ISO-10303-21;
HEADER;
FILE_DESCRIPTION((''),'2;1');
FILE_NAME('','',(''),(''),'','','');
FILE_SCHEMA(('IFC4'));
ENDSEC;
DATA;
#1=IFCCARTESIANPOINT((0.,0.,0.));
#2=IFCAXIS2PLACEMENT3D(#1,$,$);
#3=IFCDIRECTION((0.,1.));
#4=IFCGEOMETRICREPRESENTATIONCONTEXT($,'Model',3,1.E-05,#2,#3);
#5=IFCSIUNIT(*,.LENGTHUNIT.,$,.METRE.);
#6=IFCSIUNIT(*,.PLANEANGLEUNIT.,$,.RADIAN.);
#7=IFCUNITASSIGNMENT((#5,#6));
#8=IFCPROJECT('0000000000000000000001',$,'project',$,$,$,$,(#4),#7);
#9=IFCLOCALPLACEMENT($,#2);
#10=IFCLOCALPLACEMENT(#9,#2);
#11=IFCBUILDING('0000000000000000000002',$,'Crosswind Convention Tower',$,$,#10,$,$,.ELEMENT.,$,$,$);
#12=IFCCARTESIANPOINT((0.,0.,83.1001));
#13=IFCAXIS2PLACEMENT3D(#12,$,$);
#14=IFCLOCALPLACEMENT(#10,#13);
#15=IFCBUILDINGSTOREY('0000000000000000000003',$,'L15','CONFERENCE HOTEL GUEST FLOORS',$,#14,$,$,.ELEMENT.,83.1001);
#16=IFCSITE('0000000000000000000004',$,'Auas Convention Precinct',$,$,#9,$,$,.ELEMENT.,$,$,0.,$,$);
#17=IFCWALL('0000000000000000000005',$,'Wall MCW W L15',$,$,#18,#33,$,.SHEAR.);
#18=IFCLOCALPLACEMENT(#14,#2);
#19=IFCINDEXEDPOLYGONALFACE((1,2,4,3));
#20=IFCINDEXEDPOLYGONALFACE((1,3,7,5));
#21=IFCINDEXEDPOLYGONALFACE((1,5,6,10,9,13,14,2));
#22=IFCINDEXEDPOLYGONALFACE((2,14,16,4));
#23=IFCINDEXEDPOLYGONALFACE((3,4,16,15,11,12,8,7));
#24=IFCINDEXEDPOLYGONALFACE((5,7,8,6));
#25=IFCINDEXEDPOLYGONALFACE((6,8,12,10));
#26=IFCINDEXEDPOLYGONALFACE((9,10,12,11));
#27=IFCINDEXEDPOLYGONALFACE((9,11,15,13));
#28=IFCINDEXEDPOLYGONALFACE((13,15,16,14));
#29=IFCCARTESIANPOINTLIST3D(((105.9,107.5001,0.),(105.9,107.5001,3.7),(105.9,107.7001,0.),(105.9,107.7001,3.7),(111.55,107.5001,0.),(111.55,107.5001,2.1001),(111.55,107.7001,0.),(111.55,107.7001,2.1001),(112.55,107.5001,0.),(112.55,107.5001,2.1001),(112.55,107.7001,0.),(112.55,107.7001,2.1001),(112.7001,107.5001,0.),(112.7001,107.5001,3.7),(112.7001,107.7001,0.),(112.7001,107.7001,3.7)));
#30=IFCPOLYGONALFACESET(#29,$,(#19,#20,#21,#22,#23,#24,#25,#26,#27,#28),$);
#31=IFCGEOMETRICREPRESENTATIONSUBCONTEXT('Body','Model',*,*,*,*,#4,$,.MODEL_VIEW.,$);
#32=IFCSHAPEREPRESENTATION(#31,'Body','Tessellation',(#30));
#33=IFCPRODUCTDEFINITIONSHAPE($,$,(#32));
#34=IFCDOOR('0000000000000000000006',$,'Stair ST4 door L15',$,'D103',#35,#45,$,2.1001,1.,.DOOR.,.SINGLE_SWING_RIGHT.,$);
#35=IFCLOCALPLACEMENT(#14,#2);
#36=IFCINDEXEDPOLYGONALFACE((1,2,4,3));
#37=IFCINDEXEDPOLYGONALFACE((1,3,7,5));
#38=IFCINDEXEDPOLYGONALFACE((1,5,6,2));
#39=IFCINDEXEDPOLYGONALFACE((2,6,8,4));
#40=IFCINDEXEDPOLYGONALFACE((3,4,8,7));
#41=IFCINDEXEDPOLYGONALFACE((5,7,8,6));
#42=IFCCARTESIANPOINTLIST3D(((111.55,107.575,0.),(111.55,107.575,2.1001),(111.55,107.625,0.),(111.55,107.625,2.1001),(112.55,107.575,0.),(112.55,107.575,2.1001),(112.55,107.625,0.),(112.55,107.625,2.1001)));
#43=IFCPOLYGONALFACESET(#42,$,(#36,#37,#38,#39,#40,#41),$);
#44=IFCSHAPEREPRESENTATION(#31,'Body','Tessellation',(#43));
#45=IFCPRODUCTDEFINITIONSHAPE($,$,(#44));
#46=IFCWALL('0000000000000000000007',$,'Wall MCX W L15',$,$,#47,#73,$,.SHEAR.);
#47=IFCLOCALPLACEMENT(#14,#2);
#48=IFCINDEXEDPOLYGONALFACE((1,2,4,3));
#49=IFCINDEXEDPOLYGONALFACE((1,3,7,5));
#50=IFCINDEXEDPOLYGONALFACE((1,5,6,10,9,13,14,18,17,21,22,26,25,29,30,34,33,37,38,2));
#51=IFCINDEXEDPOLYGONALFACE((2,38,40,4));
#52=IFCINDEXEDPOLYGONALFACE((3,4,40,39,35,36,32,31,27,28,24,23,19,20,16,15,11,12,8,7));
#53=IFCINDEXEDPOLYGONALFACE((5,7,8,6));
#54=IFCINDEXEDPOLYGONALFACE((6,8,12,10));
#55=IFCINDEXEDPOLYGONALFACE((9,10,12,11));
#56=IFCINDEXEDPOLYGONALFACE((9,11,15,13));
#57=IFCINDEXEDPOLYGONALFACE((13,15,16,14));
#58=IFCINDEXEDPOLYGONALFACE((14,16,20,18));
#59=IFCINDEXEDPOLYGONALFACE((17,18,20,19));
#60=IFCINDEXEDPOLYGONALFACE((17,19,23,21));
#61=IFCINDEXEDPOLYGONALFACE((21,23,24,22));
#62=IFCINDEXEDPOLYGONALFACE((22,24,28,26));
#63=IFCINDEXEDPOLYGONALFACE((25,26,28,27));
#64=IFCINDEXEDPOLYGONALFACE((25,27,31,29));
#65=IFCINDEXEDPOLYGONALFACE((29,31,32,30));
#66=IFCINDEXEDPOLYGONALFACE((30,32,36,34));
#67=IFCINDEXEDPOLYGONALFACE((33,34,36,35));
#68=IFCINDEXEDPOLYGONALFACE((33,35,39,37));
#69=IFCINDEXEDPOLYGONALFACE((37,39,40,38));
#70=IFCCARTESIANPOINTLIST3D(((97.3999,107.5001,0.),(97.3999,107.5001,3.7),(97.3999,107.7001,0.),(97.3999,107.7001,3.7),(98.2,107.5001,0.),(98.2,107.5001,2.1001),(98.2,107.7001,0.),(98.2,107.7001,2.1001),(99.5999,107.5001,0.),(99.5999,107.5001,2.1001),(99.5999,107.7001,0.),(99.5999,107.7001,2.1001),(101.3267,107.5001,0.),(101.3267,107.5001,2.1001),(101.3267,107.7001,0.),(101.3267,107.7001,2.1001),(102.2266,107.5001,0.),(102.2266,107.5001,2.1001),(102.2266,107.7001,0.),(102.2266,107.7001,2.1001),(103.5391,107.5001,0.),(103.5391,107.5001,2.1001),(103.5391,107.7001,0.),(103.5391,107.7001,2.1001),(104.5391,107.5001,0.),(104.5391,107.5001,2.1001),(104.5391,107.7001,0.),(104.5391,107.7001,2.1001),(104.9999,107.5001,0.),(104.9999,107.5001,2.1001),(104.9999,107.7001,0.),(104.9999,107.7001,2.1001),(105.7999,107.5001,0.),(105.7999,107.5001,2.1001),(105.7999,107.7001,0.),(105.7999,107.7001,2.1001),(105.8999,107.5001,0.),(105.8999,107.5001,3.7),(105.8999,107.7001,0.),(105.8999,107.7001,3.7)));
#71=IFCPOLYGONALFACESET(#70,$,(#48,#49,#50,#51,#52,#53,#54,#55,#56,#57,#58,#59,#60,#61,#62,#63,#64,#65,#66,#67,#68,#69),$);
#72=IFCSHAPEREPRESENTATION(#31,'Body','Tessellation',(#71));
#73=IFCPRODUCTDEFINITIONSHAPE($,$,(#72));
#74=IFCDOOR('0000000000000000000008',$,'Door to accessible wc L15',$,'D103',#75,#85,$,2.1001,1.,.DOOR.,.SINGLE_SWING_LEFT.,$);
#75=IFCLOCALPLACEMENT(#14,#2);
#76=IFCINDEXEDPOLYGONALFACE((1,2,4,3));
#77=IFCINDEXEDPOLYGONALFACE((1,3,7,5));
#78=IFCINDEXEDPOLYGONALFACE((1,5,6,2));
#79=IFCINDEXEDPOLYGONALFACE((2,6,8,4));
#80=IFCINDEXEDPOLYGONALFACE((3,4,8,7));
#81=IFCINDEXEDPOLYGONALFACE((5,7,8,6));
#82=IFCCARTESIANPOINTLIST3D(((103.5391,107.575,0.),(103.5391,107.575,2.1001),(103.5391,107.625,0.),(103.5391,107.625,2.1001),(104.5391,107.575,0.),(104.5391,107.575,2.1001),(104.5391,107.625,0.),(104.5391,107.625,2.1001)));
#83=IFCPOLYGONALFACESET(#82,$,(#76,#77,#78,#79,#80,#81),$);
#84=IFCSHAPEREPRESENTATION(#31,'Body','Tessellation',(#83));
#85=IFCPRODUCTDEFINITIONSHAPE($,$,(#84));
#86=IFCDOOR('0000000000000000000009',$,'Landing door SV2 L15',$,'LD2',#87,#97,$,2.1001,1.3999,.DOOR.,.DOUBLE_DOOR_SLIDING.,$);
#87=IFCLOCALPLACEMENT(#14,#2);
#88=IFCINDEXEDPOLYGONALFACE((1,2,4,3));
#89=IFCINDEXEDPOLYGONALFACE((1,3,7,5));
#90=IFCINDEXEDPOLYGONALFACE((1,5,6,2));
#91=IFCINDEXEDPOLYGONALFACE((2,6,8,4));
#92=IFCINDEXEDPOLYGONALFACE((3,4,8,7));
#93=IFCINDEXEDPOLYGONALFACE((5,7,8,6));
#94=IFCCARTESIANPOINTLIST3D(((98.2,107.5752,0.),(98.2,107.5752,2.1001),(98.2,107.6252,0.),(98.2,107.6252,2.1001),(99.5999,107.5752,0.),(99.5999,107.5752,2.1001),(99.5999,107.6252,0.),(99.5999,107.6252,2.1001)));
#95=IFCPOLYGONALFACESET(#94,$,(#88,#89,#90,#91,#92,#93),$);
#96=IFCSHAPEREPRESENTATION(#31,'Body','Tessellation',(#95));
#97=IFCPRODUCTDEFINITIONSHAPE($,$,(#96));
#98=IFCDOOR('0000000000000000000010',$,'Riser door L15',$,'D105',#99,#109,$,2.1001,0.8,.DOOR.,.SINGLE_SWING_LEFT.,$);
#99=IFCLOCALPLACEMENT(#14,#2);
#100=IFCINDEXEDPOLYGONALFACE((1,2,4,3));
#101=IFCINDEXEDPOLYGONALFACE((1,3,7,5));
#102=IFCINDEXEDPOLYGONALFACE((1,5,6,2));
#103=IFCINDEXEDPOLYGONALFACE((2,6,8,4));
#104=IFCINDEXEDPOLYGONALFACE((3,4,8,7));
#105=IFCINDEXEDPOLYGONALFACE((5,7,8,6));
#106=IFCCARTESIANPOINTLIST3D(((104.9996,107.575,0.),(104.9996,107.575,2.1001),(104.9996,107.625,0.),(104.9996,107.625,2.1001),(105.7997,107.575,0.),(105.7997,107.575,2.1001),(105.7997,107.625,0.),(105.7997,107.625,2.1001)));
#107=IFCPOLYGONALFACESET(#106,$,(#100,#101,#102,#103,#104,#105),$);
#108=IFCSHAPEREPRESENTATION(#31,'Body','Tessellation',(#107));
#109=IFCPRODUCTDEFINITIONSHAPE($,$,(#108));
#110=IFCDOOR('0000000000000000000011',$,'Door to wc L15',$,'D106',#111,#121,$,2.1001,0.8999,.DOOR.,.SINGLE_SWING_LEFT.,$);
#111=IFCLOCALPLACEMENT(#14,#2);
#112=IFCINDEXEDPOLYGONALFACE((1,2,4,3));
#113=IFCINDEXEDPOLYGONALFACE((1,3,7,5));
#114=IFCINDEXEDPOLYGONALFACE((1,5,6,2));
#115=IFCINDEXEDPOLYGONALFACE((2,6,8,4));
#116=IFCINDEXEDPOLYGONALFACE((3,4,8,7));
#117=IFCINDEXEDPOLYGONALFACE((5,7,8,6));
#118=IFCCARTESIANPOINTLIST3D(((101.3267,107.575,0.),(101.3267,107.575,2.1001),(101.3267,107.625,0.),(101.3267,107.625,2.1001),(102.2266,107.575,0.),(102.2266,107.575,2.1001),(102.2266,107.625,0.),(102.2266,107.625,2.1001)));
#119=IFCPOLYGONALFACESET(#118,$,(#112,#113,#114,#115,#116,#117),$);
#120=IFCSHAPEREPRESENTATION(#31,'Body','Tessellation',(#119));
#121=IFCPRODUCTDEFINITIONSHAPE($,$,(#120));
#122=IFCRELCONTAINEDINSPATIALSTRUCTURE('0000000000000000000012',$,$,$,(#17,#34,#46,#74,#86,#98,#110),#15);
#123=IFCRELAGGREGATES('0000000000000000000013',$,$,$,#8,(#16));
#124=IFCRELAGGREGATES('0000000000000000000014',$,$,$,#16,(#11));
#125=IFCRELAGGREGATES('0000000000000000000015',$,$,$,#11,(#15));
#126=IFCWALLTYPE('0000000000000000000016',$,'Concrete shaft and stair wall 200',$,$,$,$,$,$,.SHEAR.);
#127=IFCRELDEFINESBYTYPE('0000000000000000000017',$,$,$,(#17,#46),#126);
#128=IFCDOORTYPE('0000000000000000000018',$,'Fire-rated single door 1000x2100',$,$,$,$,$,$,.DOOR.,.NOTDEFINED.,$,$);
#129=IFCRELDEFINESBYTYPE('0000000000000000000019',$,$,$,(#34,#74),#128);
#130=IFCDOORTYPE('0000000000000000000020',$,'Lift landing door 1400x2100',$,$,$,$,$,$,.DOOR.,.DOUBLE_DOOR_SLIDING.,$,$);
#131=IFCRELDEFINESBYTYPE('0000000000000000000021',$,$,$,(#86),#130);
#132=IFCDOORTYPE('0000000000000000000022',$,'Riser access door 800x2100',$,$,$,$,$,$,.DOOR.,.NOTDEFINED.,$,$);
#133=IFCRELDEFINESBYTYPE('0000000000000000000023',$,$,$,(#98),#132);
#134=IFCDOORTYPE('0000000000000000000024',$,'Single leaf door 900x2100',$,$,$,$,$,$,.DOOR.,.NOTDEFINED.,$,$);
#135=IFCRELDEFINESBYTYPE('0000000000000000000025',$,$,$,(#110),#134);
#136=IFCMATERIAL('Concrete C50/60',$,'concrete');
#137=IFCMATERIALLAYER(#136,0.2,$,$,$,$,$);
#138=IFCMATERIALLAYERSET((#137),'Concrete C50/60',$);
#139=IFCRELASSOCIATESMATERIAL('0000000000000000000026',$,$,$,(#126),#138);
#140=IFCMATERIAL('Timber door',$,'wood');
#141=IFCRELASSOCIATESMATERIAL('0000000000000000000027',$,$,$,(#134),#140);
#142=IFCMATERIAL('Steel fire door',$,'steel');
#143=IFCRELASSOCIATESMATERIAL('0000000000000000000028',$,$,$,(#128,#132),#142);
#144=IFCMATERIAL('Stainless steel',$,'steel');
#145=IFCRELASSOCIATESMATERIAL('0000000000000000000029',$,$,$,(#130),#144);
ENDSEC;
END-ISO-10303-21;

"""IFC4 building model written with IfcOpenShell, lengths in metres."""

from ifc_helpers import new_model, si_unit, direction, frame, frame_2d, origin, place, context, subcontext, project, spatial, rectangle, extrude, material, layer, layer_set, type_object, element, fill, save


model = new_model("IFC4")

# Units and contexts
model_context = context("Model", 3, precision=1e-05, world=origin(), true_north=direction((0.0, 1.0)))
body_context = subcontext(model_context, "Body", "Model", "MODEL_VIEW")
ifc_project = project(units=[si_unit("LENGTHUNIT", "METRE"), si_unit("PLANEANGLEUNIT", "RADIAN")], contexts=[model_context])

# Site, building, storey
site_placement = place(None, origin())
site = spatial("IfcSite", under=ifc_project, at=site_placement, Name="Auas Convention Precinct", CompositionType="ELEMENT", RefElevation=0.0)
building_placement = place(site_placement, origin())
building = spatial("IfcBuilding", under=site, at=building_placement, Name="Crosswind Convention Tower", CompositionType="ELEMENT")
storey_placement = place(building_placement, frame((0.0, 0.0, 83.1001)))
storey = spatial("IfcBuildingStorey", under=building, at=storey_placement, Name="L15", Description="CONFERENCE HOTEL GUEST FLOORS", CompositionType="ELEMENT", Elevation=83.1001)

# Shared definitions
ifc_material_1 = material(Name="Concrete C50/60", Category="concrete")
ifc_layer_1 = layer(ifc_material_1, 0.2)
ifc_layer_set_1 = layer_set([ifc_layer_1], Name="Concrete C50/60")
wall_type_1 = type_object("IfcWallType", Name="Concrete shaft and stair wall 200", PredefinedType="SHEAR", material=ifc_layer_set_1)
ifc_material_2 = material(Name="Timber door", Category="wood")
door_type_1 = type_object("IfcDoorType", Name="Single leaf door 900x2100", OperationType="NOTDEFINED", PredefinedType="DOOR", material=ifc_material_2)

# Wall, opening, door
ifc_material_3 = material(Name="Steel fire door", Category="steel")
wall_1_placement = place(storey_placement, frame((112.7, 107.6001, 0.0), z_axis=(0.0, 0.0, 1.0), x_axis=(-1.0, 0.0, 0.0)))
wall_1 = element("IfcWall", 1, at=wall_1_placement, inside=storey, type_object=wall_type_1, Name="Wall MCW W L15", PredefinedType="SHEAR", context=body_context, shape_type="SweptSolid", body=[
    extrude(rectangle(XDim=6.8, YDim=0.2, at=frame_2d((3.3999, 0.0))), origin(), (0.0, 0.0, 1.0), 3.7),
])
opening_1_placement = place(wall_1_placement, frame((0.1499, 0.0, 0.0)))
opening_1 = element("IfcOpeningElement", 2, at=opening_1_placement, cuts=wall_1, PredefinedType="OPENING", context=body_context, shape_type="SweptSolid", body=[
    extrude(rectangle(XDim=1.0, YDim=2.1001, at=frame_2d((0.5, 1.05))), frame((0.0, 0.1099, 0.0), z_axis=(0.0, -1.0, 0.0), x_axis=(1.0, 0.0, 0.0)), (0.0, 0.0, 1.0), 0.22),
])
door_type_2 = type_object("IfcDoorType", Name="Fire-rated single door 1000x2100", OperationType="NOTDEFINED", PredefinedType="DOOR", material=ifc_material_3)
door_1_placement = place(opening_1_placement, frame((1.0, 0.0, 0.0), z_axis=(0.0, 0.0, 1.0), x_axis=(-1.0, 0.0, 0.0)))
door_1 = element("IfcDoor", 3, at=door_1_placement, inside=storey, type_object=door_type_2, Name="Stair ST4 door L15", ObjectType="D103", OperationType="SINGLE_SWING_RIGHT", OverallHeight=2.1001, OverallWidth=1.0, PredefinedType="DOOR", context=body_context, shape_type="SweptSolid", body=[
    extrude(rectangle(XDim=1.0, YDim=2.1001, at=frame_2d((0.5, 1.05))), frame((0.0, 0.0249, 0.0), z_axis=(0.0, -1.0, 0.0), x_axis=(1.0, 0.0, 0.0)), (0.0, 0.0, 1.0), 0.05),
])
fill(opening_1, door_1)

# Wall, openings, doors
wall_2_placement = place(storey_placement, frame((105.8999, 107.6001, 0.0), z_axis=(0.0, 0.0, 1.0), x_axis=(-1.0, 0.0, 0.0)))
wall_2 = element("IfcWall", 4, at=wall_2_placement, inside=storey, type_object=wall_type_1, Name="Wall MCX W L15", PredefinedType="SHEAR", context=body_context, shape_type="SweptSolid", body=[
    extrude(rectangle(XDim=8.5, YDim=0.2, at=frame_2d((4.25, 0.0))), origin(), (0.0, 0.0, 1.0), 3.7),
])
opening_2_placement = place(wall_2_placement, frame((0.1001, 0.0, 0.0)))
opening_2 = element("IfcOpeningElement", 5, at=opening_2_placement, cuts=wall_2, PredefinedType="OPENING", context=body_context, shape_type="SweptSolid", body=[
    extrude(rectangle(XDim=0.8, YDim=2.1001, at=frame_2d((0.3999, 1.05))), frame((0.0, 0.1099, 0.0), z_axis=(0.0, -1.0, 0.0), x_axis=(1.0, 0.0, 0.0)), (0.0, 0.0, 1.0), 0.22),
])
opening_3_placement = place(wall_2_placement, frame((1.3608, 0.0, 0.0)))
opening_3 = element("IfcOpeningElement", 6, at=opening_3_placement, cuts=wall_2, PredefinedType="OPENING", context=body_context, shape_type="SweptSolid", body=[
    extrude(rectangle(XDim=1.0, YDim=2.1001, at=frame_2d((0.5, 1.05))), frame((0.0, 0.1099, 0.0), z_axis=(0.0, -1.0, 0.0), x_axis=(1.0, 0.0, 0.0)), (0.0, 0.0, 1.0), 0.22),
])
opening_4_placement = place(wall_2_placement, frame((3.6733, 0.0, 0.0)))
opening_4 = element("IfcOpeningElement", 7, at=opening_4_placement, cuts=wall_2, PredefinedType="OPENING", context=body_context, shape_type="SweptSolid", body=[
    extrude(rectangle(XDim=0.8999, YDim=2.1001, at=frame_2d((0.45, 1.05))), frame((0.0, 0.1099, 0.0), z_axis=(0.0, -1.0, 0.0), x_axis=(1.0, 0.0, 0.0)), (0.0, 0.0, 1.0), 0.22),
])
opening_5_placement = place(wall_2_placement, frame((6.3, 0.0, 0.0)))
opening_5 = element("IfcOpeningElement", 8, at=opening_5_placement, cuts=wall_2, PredefinedType="OPENING", context=body_context, shape_type="SweptSolid", body=[
    extrude(rectangle(XDim=1.3999, YDim=2.1001, at=frame_2d((0.7, 1.05))), frame((0.0, 0.1099, 0.0), z_axis=(0.0, -1.0, 0.0), x_axis=(1.0, 0.0, 0.0)), (0.0, 0.0, 1.0), 0.22),
])
door_2_placement = place(opening_3_placement, frame((1.0, 0.0, 0.0), z_axis=(0.0, 0.0, 1.0), x_axis=(-1.0, 0.0, 0.0)))
door_2 = element("IfcDoor", 9, at=door_2_placement, inside=storey, type_object=door_type_2, Name="Door to accessible wc L15", ObjectType="D103", OperationType="SINGLE_SWING_LEFT", OverallHeight=2.1001, OverallWidth=1.0, PredefinedType="DOOR", context=body_context, shape_type="SweptSolid", body=[
    extrude(rectangle(XDim=1.0, YDim=2.1001, at=frame_2d((0.5, 1.05))), frame((0.0, 0.0249, 0.0), z_axis=(0.0, -1.0, 0.0), x_axis=(1.0, 0.0, 0.0)), (0.0, 0.0, 1.0), 0.05),
])
fill(opening_3, door_2)
ifc_material_4 = material(Name="Stainless steel", Category="steel")
door_type_3 = type_object("IfcDoorType", Name="Lift landing door 1400x2100", OperationType="DOUBLE_DOOR_SLIDING", PredefinedType="DOOR", material=ifc_material_4)
door_3_placement = place(opening_5_placement, origin())
door_3 = element("IfcDoor", 10, at=door_3_placement, inside=storey, type_object=door_type_3, Name="Landing door SV2 L15", ObjectType="LD2", OperationType="DOUBLE_DOOR_SLIDING", OverallHeight=2.1001, OverallWidth=1.3999, PredefinedType="DOOR", context=body_context, shape_type="SweptSolid", body=[
    extrude(rectangle(XDim=1.3999, YDim=2.1001, at=frame_2d((0.7, 1.05))), frame((0.0, 0.0249, 0.0), z_axis=(0.0, -1.0, 0.0), x_axis=(1.0, 0.0, 0.0)), (0.0, 0.0, 1.0), 0.05),
])
fill(opening_5, door_3)
door_type_4 = type_object("IfcDoorType", Name="Riser access door 800x2100", OperationType="NOTDEFINED", PredefinedType="DOOR", material=ifc_material_3)
door_4_placement = place(opening_2_placement, frame((0.8, 0.0, 0.0), z_axis=(0.0, 0.0, 1.0), x_axis=(-1.0, 0.0, 0.0)))
door_4 = element("IfcDoor", 11, at=door_4_placement, inside=storey, type_object=door_type_4, Name="Riser door L15", ObjectType="D105", OperationType="SINGLE_SWING_LEFT", OverallHeight=2.1001, OverallWidth=0.8, PredefinedType="DOOR", context=body_context, shape_type="SweptSolid", body=[
    extrude(rectangle(XDim=0.8, YDim=2.1001, at=frame_2d((0.3999, 1.05))), frame((0.0, 0.0249, 0.0), z_axis=(0.0, -1.0, 0.0), x_axis=(1.0, 0.0, 0.0)), (0.0, 0.0, 1.0), 0.05),
])
fill(opening_2, door_4)
door_5_placement = place(opening_4_placement, frame((0.8999, 0.0, 0.0), z_axis=(0.0, 0.0, 1.0), x_axis=(-1.0, 0.0, 0.0)))
door_5 = element("IfcDoor", 12, at=door_5_placement, inside=storey, type_object=door_type_1, Name="Door to wc L15", ObjectType="D106", OperationType="SINGLE_SWING_LEFT", OverallHeight=2.1001, OverallWidth=0.8999, PredefinedType="DOOR", context=body_context, shape_type="SweptSolid", body=[
    extrude(rectangle(XDim=0.8999, YDim=2.1001, at=frame_2d((0.45, 1.05))), frame((0.0, 0.0249, 0.0), z_axis=(0.0, -1.0, 0.0), x_axis=(1.0, 0.0, 0.0)), (0.0, 0.0, 1.0), 0.05),
])
fill(opening_4, door_5)

save(model, "model.ifc")
